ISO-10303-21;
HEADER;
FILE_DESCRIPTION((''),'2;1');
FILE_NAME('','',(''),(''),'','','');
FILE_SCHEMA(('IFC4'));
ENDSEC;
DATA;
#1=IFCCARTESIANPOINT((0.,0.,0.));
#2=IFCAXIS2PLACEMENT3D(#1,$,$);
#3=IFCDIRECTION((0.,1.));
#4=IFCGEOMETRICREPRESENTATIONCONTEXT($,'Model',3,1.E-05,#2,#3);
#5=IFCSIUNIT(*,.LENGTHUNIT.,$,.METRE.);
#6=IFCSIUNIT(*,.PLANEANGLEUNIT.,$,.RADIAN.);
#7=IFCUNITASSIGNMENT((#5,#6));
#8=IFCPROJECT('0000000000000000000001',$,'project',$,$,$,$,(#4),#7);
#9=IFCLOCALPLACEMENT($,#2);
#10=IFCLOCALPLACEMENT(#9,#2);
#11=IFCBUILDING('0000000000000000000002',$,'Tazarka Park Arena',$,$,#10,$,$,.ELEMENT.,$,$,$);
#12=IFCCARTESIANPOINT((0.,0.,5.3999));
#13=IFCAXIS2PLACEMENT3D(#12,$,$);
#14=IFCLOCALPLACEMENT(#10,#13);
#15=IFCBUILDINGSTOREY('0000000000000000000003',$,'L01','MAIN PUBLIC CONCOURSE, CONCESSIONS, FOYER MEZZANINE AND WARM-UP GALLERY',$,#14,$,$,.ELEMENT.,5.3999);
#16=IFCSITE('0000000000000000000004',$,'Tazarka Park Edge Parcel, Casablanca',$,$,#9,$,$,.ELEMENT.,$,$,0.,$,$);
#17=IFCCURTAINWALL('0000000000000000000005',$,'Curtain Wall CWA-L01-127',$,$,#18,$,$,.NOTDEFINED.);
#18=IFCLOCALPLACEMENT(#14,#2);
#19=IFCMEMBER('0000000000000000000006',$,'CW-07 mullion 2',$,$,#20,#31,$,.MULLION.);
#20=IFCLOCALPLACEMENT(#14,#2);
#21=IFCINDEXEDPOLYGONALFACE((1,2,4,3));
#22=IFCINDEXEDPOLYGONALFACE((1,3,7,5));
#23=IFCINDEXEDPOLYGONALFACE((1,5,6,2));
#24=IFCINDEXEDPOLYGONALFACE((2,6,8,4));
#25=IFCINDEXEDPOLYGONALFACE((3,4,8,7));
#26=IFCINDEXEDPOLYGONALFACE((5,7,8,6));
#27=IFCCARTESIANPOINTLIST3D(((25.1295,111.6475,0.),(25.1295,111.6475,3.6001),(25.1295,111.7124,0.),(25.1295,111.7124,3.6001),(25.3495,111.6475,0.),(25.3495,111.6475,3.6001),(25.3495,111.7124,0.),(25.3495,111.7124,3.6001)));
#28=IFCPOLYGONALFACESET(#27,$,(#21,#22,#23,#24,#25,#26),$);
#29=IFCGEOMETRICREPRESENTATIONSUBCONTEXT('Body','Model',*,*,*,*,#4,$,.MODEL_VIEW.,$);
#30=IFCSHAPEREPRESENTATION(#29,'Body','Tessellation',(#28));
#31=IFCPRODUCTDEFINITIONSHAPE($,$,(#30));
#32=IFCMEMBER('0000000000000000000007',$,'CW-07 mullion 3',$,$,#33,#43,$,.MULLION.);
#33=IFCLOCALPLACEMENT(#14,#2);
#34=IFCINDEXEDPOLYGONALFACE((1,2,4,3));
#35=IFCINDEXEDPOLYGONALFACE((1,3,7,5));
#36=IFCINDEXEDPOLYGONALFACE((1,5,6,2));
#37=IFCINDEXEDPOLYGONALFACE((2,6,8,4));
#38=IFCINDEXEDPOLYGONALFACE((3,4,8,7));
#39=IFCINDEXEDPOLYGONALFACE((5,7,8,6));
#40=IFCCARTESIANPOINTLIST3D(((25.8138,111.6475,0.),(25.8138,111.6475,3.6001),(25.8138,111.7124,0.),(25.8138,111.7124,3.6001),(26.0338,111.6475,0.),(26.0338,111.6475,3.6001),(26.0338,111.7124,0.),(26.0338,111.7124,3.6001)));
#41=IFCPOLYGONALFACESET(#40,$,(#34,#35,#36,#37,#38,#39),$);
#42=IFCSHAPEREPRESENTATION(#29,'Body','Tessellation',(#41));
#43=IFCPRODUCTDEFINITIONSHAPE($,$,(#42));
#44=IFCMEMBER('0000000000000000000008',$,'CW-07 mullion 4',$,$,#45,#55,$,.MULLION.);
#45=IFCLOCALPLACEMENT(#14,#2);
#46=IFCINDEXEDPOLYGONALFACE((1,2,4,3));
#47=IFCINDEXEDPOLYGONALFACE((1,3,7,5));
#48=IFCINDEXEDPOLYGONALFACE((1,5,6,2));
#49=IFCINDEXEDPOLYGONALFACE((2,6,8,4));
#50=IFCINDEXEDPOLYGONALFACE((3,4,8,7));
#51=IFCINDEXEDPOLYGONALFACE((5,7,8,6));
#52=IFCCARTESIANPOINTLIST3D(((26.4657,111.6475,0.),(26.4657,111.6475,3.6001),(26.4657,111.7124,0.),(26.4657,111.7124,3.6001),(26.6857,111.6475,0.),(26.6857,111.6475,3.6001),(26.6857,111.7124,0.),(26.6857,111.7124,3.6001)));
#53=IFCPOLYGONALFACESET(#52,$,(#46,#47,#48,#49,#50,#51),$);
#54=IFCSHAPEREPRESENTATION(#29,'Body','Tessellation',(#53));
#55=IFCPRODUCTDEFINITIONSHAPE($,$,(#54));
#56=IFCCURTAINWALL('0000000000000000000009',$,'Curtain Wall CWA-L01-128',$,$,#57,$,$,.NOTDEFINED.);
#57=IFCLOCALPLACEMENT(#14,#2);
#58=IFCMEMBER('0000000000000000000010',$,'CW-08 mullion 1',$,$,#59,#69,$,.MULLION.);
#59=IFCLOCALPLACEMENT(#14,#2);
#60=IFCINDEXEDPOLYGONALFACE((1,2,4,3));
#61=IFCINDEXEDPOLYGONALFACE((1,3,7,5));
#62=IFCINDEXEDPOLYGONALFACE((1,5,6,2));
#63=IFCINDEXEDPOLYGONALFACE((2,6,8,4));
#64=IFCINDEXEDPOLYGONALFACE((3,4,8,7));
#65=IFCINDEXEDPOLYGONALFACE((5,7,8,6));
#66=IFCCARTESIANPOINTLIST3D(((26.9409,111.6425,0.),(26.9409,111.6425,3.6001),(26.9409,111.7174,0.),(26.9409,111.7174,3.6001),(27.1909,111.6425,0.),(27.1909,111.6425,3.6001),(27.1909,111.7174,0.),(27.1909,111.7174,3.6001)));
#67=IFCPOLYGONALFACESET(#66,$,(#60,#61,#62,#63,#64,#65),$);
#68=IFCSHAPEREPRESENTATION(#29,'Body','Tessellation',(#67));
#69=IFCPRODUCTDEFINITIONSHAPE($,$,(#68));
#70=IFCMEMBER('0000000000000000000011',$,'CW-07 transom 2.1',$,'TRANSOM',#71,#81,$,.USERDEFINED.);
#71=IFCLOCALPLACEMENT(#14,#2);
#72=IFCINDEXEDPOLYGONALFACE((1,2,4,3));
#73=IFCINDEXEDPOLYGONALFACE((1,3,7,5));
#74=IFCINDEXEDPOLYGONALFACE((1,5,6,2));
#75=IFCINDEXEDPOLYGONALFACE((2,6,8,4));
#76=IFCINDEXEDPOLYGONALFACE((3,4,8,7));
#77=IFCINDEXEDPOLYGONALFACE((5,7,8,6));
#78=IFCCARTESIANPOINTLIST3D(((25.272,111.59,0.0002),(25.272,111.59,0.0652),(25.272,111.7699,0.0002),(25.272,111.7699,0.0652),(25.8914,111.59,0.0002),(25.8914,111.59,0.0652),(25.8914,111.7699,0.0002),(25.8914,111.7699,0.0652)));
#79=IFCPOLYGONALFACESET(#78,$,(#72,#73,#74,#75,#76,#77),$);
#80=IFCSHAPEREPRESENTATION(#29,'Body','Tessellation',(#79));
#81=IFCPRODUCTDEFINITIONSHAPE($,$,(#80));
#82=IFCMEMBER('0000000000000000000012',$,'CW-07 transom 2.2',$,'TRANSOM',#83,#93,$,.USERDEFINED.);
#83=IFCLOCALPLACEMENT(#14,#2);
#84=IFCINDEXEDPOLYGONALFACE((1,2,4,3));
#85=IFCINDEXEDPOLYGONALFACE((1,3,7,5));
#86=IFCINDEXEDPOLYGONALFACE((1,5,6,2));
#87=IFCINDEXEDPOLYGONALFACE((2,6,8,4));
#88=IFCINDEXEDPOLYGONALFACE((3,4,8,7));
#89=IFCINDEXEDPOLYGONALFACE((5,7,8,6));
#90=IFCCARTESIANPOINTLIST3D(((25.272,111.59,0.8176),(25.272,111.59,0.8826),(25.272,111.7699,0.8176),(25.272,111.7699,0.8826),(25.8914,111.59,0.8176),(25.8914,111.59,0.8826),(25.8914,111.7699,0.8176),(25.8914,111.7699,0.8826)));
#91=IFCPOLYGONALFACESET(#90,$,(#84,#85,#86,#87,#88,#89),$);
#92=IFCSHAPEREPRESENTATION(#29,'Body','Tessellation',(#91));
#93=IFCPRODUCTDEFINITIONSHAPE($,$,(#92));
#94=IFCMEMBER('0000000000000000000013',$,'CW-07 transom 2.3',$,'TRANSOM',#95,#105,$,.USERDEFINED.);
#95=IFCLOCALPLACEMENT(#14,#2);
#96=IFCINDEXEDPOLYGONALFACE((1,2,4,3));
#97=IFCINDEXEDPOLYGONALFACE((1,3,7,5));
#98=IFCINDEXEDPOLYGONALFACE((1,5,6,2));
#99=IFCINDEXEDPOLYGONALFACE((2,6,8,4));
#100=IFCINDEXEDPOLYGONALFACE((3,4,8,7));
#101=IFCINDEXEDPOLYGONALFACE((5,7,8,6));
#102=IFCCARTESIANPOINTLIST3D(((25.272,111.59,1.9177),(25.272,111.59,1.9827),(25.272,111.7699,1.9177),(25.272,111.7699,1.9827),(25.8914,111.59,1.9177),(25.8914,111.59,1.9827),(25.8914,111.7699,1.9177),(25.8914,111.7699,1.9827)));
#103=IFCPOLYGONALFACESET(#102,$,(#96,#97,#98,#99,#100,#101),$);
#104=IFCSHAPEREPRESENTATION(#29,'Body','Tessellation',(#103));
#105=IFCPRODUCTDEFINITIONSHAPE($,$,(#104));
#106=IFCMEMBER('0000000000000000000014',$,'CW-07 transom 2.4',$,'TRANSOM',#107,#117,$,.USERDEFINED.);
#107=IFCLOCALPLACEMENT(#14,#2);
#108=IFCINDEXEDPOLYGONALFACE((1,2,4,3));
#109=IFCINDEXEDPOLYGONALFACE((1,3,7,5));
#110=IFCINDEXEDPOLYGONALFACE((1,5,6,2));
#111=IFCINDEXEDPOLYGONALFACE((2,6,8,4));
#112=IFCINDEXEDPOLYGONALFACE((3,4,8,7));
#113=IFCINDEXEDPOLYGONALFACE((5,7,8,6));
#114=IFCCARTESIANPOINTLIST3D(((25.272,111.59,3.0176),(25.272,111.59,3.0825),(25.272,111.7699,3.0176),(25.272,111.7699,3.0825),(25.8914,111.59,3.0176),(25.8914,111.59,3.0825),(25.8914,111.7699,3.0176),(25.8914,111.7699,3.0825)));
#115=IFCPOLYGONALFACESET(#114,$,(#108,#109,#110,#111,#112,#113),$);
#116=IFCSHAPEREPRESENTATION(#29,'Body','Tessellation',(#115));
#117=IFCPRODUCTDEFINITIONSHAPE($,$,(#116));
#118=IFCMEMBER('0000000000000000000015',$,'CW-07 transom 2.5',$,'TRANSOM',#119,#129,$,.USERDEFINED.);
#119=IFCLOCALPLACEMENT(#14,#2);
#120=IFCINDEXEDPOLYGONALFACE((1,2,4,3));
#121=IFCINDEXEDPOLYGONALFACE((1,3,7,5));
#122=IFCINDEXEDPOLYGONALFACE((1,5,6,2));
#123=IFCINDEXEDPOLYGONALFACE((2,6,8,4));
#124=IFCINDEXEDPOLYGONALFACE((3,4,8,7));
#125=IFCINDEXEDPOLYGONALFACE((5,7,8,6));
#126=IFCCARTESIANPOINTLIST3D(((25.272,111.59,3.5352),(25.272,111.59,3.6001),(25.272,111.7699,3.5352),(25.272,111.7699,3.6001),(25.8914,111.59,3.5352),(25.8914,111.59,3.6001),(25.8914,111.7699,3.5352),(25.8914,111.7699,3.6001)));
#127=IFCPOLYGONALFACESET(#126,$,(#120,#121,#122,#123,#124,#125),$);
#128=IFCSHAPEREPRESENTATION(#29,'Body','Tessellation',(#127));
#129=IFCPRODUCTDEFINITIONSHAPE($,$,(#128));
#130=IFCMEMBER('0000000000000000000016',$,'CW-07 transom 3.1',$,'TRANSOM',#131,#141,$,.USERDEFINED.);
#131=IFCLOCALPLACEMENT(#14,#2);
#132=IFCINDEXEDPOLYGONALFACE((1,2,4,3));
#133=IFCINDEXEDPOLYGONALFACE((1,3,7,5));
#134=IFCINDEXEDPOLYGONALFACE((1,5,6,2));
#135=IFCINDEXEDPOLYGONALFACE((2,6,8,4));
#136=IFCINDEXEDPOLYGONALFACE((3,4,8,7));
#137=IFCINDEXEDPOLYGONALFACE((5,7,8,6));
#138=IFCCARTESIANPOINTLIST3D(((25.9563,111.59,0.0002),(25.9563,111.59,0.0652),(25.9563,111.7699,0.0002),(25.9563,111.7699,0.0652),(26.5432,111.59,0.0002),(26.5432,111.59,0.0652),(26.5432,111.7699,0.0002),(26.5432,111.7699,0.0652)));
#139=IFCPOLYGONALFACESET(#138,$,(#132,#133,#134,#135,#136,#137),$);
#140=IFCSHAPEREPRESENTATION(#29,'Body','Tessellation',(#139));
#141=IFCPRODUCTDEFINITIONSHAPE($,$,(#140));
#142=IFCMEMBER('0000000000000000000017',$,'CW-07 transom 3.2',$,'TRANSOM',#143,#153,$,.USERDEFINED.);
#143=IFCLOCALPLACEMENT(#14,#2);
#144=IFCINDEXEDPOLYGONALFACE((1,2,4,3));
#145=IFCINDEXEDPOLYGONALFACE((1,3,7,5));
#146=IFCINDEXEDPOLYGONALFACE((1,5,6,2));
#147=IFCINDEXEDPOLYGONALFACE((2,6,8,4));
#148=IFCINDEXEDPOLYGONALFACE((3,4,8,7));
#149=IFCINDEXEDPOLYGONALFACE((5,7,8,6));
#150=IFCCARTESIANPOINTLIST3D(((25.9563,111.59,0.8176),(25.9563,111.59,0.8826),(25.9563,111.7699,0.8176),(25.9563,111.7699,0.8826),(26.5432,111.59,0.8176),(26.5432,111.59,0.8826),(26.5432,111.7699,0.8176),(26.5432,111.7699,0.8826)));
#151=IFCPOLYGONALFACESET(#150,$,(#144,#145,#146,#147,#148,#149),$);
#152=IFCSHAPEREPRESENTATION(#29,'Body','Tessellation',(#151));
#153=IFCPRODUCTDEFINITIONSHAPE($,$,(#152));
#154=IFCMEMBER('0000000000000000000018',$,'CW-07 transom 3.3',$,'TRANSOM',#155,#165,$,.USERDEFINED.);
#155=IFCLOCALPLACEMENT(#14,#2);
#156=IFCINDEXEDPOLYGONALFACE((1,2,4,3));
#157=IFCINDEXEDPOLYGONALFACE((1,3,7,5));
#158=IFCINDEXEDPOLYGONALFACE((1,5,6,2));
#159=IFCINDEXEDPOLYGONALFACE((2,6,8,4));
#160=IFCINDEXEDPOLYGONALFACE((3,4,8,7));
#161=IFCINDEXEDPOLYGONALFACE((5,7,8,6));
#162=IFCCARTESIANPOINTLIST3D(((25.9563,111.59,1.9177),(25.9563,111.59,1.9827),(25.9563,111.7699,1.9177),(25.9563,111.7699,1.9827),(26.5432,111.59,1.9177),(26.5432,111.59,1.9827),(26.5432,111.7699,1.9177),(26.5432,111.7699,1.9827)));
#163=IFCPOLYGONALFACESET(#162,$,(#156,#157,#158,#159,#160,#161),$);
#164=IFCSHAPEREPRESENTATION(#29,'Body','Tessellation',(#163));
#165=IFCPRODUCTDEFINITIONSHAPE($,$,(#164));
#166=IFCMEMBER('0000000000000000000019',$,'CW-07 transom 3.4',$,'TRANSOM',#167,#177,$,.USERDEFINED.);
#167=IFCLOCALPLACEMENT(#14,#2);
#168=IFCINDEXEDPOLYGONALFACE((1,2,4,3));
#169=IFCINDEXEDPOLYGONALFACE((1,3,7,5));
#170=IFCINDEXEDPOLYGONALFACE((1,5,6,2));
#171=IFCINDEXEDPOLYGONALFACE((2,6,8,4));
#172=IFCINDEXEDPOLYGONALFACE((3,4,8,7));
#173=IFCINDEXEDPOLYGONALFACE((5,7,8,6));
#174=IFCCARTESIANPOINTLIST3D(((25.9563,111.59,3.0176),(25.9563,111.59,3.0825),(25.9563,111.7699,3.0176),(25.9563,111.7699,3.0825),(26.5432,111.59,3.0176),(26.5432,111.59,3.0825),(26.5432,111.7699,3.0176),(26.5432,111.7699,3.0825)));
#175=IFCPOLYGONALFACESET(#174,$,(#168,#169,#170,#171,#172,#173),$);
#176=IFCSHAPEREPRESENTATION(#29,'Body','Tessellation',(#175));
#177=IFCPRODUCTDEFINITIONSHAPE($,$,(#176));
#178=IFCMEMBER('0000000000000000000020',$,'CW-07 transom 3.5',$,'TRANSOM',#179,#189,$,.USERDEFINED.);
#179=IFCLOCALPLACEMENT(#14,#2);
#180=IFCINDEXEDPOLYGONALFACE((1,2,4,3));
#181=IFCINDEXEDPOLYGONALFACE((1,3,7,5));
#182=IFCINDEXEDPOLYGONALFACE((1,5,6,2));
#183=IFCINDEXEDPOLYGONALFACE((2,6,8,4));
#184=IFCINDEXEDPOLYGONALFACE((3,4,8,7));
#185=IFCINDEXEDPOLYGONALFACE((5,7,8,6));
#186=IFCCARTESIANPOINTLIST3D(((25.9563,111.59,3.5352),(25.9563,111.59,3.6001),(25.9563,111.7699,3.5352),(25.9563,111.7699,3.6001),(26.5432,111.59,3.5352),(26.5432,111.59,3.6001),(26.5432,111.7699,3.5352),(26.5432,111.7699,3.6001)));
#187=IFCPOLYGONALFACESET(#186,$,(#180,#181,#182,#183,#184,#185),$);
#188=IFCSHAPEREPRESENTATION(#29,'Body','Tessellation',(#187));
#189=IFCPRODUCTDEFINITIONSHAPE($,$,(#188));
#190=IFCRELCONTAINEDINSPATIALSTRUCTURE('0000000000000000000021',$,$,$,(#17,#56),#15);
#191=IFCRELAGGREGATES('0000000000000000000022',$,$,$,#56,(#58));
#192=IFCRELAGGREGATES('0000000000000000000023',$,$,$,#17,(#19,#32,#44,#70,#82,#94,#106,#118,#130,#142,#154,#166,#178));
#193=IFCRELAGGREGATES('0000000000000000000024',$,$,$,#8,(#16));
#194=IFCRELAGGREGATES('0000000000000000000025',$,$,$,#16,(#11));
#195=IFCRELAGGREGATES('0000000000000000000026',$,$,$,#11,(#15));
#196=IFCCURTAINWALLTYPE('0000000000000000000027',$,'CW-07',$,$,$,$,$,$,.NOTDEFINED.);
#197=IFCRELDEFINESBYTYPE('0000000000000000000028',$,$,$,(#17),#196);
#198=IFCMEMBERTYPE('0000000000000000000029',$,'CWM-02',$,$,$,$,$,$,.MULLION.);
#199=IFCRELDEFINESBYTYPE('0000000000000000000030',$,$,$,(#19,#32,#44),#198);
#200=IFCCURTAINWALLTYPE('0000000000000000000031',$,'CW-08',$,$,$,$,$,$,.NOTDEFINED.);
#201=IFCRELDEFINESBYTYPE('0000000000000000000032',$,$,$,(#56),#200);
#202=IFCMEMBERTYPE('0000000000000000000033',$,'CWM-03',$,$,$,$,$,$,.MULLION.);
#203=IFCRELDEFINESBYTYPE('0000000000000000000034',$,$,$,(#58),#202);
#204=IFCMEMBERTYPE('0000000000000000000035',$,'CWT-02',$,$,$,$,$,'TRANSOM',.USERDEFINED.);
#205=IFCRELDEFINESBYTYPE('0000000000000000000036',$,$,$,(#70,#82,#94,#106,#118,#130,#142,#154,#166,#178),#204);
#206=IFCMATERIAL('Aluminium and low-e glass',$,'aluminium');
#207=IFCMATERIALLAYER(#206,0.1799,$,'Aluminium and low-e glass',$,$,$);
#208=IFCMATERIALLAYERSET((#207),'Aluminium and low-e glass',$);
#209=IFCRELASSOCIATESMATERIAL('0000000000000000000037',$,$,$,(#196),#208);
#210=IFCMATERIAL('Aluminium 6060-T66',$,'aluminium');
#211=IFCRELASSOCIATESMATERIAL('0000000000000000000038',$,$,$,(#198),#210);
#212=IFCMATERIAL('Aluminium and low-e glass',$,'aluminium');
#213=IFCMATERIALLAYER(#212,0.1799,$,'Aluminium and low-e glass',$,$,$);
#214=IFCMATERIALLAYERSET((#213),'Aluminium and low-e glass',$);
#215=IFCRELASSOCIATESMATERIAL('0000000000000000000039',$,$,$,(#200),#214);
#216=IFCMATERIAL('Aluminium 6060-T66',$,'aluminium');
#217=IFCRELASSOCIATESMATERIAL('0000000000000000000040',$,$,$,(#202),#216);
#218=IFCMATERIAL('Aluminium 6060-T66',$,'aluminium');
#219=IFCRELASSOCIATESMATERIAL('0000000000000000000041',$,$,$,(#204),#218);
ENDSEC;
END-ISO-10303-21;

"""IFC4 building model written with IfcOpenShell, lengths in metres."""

from ifc_helpers import new_model, si_unit, direction, frame, origin, origin_2d, place, context, subcontext, project, spatial, rectangle, extrude, material, layer, layer_set, material_profile, profile_set, type_object, element, aggregate, save


model = new_model("IFC4")

# Units and contexts
model_context = context("Model", 3, precision=1e-05, world=origin(), true_north=direction((0.0, 1.0)))
body_context = subcontext(model_context, "Body", "Model", "MODEL_VIEW")
ifc_project = project(units=[si_unit("LENGTHUNIT", "METRE"), si_unit("PLANEANGLEUNIT", "RADIAN")], contexts=[model_context])

# Site, building, storey
site_placement = place(None, origin())
site = spatial("IfcSite", under=ifc_project, at=site_placement, Name="Tazarka Park Edge Parcel, Casablanca", CompositionType="ELEMENT", RefElevation=0.0)
building_placement = place(site_placement, origin())
building = spatial("IfcBuilding", under=site, at=building_placement, Name="Tazarka Park Arena", CompositionType="ELEMENT")
storey_placement = place(building_placement, frame((0.0, 0.0, 5.3999)))
storey = spatial("IfcBuildingStorey", under=building, at=storey_placement, Name="L01", Description="MAIN PUBLIC CONCOURSE, CONCESSIONS, FOYER MEZZANINE AND WARM-UP GALLERY", CompositionType="ELEMENT", Elevation=5.3999)

# Curtain wall, members
ifc_material_1 = material(Name="Aluminium and low-e glass", Category="aluminium")
ifc_layer_1 = layer(ifc_material_1, 0.1799, Name="Aluminium and low-e glass")
ifc_layer_set_1 = layer_set([ifc_layer_1], Name="Aluminium and low-e glass")
curtain_wall_type_1 = type_object("IfcCurtainWallType", Name="CW-07", PredefinedType="NOTDEFINED", material=ifc_layer_set_1)
curtain_wall_1_placement = place(storey_placement, origin())
curtain_wall_1 = element("IfcCurtainWall", 1, at=curtain_wall_1_placement, inside=storey, type_object=curtain_wall_type_1, Name="Curtain Wall CWA-L01-127", PredefinedType="NOTDEFINED")
ifc_material_2 = material(Name="Aluminium 6060-T66", Category="aluminium")
ifc_material_profile_1 = material_profile(ifc_material_2, rectangle(XDim=0.0649, YDim=0.22, at=origin_2d()), Name="Aluminium 6060-T66")
ifc_profile_set_1 = profile_set([ifc_material_profile_1], Name="Aluminium 6060-T66")
member_type_1 = type_object("IfcMemberType", Name="CWM-02", PredefinedType="MULLION", material=ifc_profile_set_1)
member_1_placement = place(storey_placement, frame((25.2395, 111.6799, 0.0), z_axis=(0.0, 0.0, 1.0), x_axis=(0.0, 1.0, 0.0)))
member_1 = element("IfcMember", 2, at=member_1_placement, type_object=member_type_1, Name="CW-07 mullion 2", PredefinedType="MULLION", context=body_context, shape_type="SweptSolid", body=[
    extrude(rectangle(XDim=0.0649, YDim=0.22, at=origin_2d()), origin(), (0.0, 0.0, 1.0), 3.6001),
])
member_2_placement = place(storey_placement, frame((25.9238, 111.6799, 0.0), z_axis=(0.0, 0.0, 1.0), x_axis=(0.0, 1.0, 0.0)))
member_2 = element("IfcMember", 3, at=member_2_placement, type_object=member_type_1, Name="CW-07 mullion 3", PredefinedType="MULLION", context=body_context, shape_type="SweptSolid", body=[
    extrude(rectangle(XDim=0.0649, YDim=0.22, at=origin_2d()), origin(), (0.0, 0.0, 1.0), 3.6001),
])
member_3_placement = place(storey_placement, frame((26.5757, 111.6799, 0.0), z_axis=(0.0, 0.0, 1.0), x_axis=(0.0, 1.0, 0.0)))
member_3 = element("IfcMember", 4, at=member_3_placement, type_object=member_type_1, Name="CW-07 mullion 4", PredefinedType="MULLION", context=body_context, shape_type="SweptSolid", body=[
    extrude(rectangle(XDim=0.0649, YDim=0.22, at=origin_2d()), origin(), (0.0, 0.0, 1.0), 3.6001),
])

# Curtain wall, member
ifc_material_3 = material(Name="Aluminium and low-e glass", Category="aluminium")
ifc_layer_2 = layer(ifc_material_3, 0.1799, Name="Aluminium and low-e glass")
ifc_layer_set_2 = layer_set([ifc_layer_2], Name="Aluminium and low-e glass")
curtain_wall_type_2 = type_object("IfcCurtainWallType", Name="CW-08", PredefinedType="NOTDEFINED", material=ifc_layer_set_2)
curtain_wall_2_placement = place(storey_placement, origin())
curtain_wall_2 = element("IfcCurtainWall", 5, at=curtain_wall_2_placement, inside=storey, type_object=curtain_wall_type_2, Name="Curtain Wall CWA-L01-128", PredefinedType="NOTDEFINED")
ifc_material_4 = material(Name="Aluminium 6060-T66", Category="aluminium")
ifc_material_profile_2 = material_profile(ifc_material_4, rectangle(XDim=0.075, YDim=0.25, at=origin_2d()), Name="Aluminium 6060-T66")
ifc_profile_set_2 = profile_set([ifc_material_profile_2], Name="Aluminium 6060-T66")
member_type_2 = type_object("IfcMemberType", Name="CWM-03", PredefinedType="MULLION", material=ifc_profile_set_2)
member_4_placement = place(storey_placement, frame((27.0659, 111.6799, 0.0), z_axis=(0.0, 0.0, 1.0), x_axis=(0.0, 1.0, 0.0)))
member_4 = element("IfcMember", 6, at=member_4_placement, type_object=member_type_2, Name="CW-08 mullion 1", PredefinedType="MULLION", context=body_context, shape_type="SweptSolid", body=[
    extrude(rectangle(XDim=0.075, YDim=0.25, at=origin_2d()), origin(), (0.0, 0.0, 1.0), 3.6001),
])

# Members
ifc_material_5 = material(Name="Aluminium 6060-T66", Category="aluminium")
ifc_material_profile_3 = material_profile(ifc_material_5, rectangle(XDim=0.1799, YDim=0.0649, at=origin_2d()), Name="Aluminium 6060-T66")
ifc_profile_set_3 = profile_set([ifc_material_profile_3], Name="Aluminium 6060-T66")
member_type_3 = type_object("IfcMemberType", Name="CWT-02", ElementType="TRANSOM", PredefinedType="USERDEFINED", material=ifc_profile_set_3)
member_5_placement = place(storey_placement, frame((25.272, 111.6799, 0.0327), z_axis=(1.0, 0.0, 0.0), x_axis=(0.0, 1.0, 0.0)))
member_5 = element("IfcMember", 7, at=member_5_placement, type_object=member_type_3, Name="CW-07 transom 2.1", ObjectType="TRANSOM", PredefinedType="USERDEFINED", context=body_context, shape_type="SweptSolid", body=[
    extrude(rectangle(XDim=0.1799, YDim=0.0649, at=origin_2d()), origin(), (0.0, 0.0, 1.0), 0.6194),
])
member_6_placement = place(storey_placement, frame((25.272, 111.6799, 0.8501), z_axis=(1.0, 0.0, 0.0), x_axis=(0.0, 1.0, 0.0)))
member_6 = element("IfcMember", 8, at=member_6_placement, type_object=member_type_3, Name="CW-07 transom 2.2", ObjectType="TRANSOM", PredefinedType="USERDEFINED", context=body_context, shape_type="SweptSolid", body=[
    extrude(rectangle(XDim=0.1799, YDim=0.0649, at=origin_2d()), origin(), (0.0, 0.0, 1.0), 0.6194),
])
member_7_placement = place(storey_placement, frame((25.272, 111.6799, 1.9502), z_axis=(1.0, 0.0, 0.0), x_axis=(0.0, 1.0, 0.0)))
member_7 = element("IfcMember", 9, at=member_7_placement, type_object=member_type_3, Name="CW-07 transom 2.3", ObjectType="TRANSOM", PredefinedType="USERDEFINED", context=body_context, shape_type="SweptSolid", body=[
    extrude(rectangle(XDim=0.1799, YDim=0.0649, at=origin_2d()), origin(), (0.0, 0.0, 1.0), 0.6194),
])
member_8_placement = place(storey_placement, frame((25.272, 111.6799, 3.05), z_axis=(1.0, 0.0, 0.0), x_axis=(0.0, 1.0, 0.0)))
member_8 = element("IfcMember", 10, at=member_8_placement, type_object=member_type_3, Name="CW-07 transom 2.4", ObjectType="TRANSOM", PredefinedType="USERDEFINED", context=body_context, shape_type="SweptSolid", body=[
    extrude(rectangle(XDim=0.1799, YDim=0.0649, at=origin_2d()), origin(), (0.0, 0.0, 1.0), 0.6194),
])
member_9_placement = place(storey_placement, frame((25.272, 111.6799, 3.5676), z_axis=(1.0, 0.0, 0.0), x_axis=(0.0, 1.0, 0.0)))
member_9 = element("IfcMember", 11, at=member_9_placement, type_object=member_type_3, Name="CW-07 transom 2.5", ObjectType="TRANSOM", PredefinedType="USERDEFINED", context=body_context, shape_type="SweptSolid", body=[
    extrude(rectangle(XDim=0.1799, YDim=0.0649, at=origin_2d()), origin(), (0.0, 0.0, 1.0), 0.6194),
])
member_10_placement = place(storey_placement, frame((25.9563, 111.6799, 0.0327), z_axis=(1.0, 0.0, 0.0), x_axis=(0.0, 1.0, 0.0)))
member_10 = element("IfcMember", 12, at=member_10_placement, type_object=member_type_3, Name="CW-07 transom 3.1", ObjectType="TRANSOM", PredefinedType="USERDEFINED", context=body_context, shape_type="SweptSolid", body=[
    extrude(rectangle(XDim=0.1799, YDim=0.0649, at=origin_2d()), origin(), (0.0, 0.0, 1.0), 0.5869),
])
member_11_placement = place(storey_placement, frame((25.9563, 111.6799, 0.8501), z_axis=(1.0, 0.0, 0.0), x_axis=(0.0, 1.0, 0.0)))
member_11 = element("IfcMember", 13, at=member_11_placement, type_object=member_type_3, Name="CW-07 transom 3.2", ObjectType="TRANSOM", PredefinedType="USERDEFINED", context=body_context, shape_type="SweptSolid", body=[
    extrude(rectangle(XDim=0.1799, YDim=0.0649, at=origin_2d()), origin(), (0.0, 0.0, 1.0), 0.5869),
])
member_12_placement = place(storey_placement, frame((25.9563, 111.6799, 1.9502), z_axis=(1.0, 0.0, 0.0), x_axis=(0.0, 1.0, 0.0)))
member_12 = element("IfcMember", 14, at=member_12_placement, type_object=member_type_3, Name="CW-07 transom 3.3", ObjectType="TRANSOM", PredefinedType="USERDEFINED", context=body_context, shape_type="SweptSolid", body=[
    extrude(rectangle(XDim=0.1799, YDim=0.0649, at=origin_2d()), origin(), (0.0, 0.0, 1.0), 0.5869),
])
member_13_placement = place(storey_placement, frame((25.9563, 111.6799, 3.05), z_axis=(1.0, 0.0, 0.0), x_axis=(0.0, 1.0, 0.0)))
member_13 = element("IfcMember", 15, at=member_13_placement, type_object=member_type_3, Name="CW-07 transom 3.4", ObjectType="TRANSOM", PredefinedType="USERDEFINED", context=body_context, shape_type="SweptSolid", body=[
    extrude(rectangle(XDim=0.1799, YDim=0.0649, at=origin_2d()), origin(), (0.0, 0.0, 1.0), 0.5869),
])
member_14_placement = place(storey_placement, frame((25.9563, 111.6799, 3.5676), z_axis=(1.0, 0.0, 0.0), x_axis=(0.0, 1.0, 0.0)))
member_14 = element("IfcMember", 16, at=member_14_placement, type_object=member_type_3, Name="CW-07 transom 3.5", ObjectType="TRANSOM", PredefinedType="USERDEFINED", context=body_context, shape_type="SweptSolid", body=[
    extrude(rectangle(XDim=0.1799, YDim=0.0649, at=origin_2d()), origin(), (0.0, 0.0, 1.0), 0.5869),
])
aggregate(curtain_wall_2, [member_4])

aggregate(curtain_wall_1, [member_1, member_2, member_3, member_5, member_6, member_7, member_8, member_9, member_10, member_11, member_12, member_13, member_14])

save(model, "model.ifc")
